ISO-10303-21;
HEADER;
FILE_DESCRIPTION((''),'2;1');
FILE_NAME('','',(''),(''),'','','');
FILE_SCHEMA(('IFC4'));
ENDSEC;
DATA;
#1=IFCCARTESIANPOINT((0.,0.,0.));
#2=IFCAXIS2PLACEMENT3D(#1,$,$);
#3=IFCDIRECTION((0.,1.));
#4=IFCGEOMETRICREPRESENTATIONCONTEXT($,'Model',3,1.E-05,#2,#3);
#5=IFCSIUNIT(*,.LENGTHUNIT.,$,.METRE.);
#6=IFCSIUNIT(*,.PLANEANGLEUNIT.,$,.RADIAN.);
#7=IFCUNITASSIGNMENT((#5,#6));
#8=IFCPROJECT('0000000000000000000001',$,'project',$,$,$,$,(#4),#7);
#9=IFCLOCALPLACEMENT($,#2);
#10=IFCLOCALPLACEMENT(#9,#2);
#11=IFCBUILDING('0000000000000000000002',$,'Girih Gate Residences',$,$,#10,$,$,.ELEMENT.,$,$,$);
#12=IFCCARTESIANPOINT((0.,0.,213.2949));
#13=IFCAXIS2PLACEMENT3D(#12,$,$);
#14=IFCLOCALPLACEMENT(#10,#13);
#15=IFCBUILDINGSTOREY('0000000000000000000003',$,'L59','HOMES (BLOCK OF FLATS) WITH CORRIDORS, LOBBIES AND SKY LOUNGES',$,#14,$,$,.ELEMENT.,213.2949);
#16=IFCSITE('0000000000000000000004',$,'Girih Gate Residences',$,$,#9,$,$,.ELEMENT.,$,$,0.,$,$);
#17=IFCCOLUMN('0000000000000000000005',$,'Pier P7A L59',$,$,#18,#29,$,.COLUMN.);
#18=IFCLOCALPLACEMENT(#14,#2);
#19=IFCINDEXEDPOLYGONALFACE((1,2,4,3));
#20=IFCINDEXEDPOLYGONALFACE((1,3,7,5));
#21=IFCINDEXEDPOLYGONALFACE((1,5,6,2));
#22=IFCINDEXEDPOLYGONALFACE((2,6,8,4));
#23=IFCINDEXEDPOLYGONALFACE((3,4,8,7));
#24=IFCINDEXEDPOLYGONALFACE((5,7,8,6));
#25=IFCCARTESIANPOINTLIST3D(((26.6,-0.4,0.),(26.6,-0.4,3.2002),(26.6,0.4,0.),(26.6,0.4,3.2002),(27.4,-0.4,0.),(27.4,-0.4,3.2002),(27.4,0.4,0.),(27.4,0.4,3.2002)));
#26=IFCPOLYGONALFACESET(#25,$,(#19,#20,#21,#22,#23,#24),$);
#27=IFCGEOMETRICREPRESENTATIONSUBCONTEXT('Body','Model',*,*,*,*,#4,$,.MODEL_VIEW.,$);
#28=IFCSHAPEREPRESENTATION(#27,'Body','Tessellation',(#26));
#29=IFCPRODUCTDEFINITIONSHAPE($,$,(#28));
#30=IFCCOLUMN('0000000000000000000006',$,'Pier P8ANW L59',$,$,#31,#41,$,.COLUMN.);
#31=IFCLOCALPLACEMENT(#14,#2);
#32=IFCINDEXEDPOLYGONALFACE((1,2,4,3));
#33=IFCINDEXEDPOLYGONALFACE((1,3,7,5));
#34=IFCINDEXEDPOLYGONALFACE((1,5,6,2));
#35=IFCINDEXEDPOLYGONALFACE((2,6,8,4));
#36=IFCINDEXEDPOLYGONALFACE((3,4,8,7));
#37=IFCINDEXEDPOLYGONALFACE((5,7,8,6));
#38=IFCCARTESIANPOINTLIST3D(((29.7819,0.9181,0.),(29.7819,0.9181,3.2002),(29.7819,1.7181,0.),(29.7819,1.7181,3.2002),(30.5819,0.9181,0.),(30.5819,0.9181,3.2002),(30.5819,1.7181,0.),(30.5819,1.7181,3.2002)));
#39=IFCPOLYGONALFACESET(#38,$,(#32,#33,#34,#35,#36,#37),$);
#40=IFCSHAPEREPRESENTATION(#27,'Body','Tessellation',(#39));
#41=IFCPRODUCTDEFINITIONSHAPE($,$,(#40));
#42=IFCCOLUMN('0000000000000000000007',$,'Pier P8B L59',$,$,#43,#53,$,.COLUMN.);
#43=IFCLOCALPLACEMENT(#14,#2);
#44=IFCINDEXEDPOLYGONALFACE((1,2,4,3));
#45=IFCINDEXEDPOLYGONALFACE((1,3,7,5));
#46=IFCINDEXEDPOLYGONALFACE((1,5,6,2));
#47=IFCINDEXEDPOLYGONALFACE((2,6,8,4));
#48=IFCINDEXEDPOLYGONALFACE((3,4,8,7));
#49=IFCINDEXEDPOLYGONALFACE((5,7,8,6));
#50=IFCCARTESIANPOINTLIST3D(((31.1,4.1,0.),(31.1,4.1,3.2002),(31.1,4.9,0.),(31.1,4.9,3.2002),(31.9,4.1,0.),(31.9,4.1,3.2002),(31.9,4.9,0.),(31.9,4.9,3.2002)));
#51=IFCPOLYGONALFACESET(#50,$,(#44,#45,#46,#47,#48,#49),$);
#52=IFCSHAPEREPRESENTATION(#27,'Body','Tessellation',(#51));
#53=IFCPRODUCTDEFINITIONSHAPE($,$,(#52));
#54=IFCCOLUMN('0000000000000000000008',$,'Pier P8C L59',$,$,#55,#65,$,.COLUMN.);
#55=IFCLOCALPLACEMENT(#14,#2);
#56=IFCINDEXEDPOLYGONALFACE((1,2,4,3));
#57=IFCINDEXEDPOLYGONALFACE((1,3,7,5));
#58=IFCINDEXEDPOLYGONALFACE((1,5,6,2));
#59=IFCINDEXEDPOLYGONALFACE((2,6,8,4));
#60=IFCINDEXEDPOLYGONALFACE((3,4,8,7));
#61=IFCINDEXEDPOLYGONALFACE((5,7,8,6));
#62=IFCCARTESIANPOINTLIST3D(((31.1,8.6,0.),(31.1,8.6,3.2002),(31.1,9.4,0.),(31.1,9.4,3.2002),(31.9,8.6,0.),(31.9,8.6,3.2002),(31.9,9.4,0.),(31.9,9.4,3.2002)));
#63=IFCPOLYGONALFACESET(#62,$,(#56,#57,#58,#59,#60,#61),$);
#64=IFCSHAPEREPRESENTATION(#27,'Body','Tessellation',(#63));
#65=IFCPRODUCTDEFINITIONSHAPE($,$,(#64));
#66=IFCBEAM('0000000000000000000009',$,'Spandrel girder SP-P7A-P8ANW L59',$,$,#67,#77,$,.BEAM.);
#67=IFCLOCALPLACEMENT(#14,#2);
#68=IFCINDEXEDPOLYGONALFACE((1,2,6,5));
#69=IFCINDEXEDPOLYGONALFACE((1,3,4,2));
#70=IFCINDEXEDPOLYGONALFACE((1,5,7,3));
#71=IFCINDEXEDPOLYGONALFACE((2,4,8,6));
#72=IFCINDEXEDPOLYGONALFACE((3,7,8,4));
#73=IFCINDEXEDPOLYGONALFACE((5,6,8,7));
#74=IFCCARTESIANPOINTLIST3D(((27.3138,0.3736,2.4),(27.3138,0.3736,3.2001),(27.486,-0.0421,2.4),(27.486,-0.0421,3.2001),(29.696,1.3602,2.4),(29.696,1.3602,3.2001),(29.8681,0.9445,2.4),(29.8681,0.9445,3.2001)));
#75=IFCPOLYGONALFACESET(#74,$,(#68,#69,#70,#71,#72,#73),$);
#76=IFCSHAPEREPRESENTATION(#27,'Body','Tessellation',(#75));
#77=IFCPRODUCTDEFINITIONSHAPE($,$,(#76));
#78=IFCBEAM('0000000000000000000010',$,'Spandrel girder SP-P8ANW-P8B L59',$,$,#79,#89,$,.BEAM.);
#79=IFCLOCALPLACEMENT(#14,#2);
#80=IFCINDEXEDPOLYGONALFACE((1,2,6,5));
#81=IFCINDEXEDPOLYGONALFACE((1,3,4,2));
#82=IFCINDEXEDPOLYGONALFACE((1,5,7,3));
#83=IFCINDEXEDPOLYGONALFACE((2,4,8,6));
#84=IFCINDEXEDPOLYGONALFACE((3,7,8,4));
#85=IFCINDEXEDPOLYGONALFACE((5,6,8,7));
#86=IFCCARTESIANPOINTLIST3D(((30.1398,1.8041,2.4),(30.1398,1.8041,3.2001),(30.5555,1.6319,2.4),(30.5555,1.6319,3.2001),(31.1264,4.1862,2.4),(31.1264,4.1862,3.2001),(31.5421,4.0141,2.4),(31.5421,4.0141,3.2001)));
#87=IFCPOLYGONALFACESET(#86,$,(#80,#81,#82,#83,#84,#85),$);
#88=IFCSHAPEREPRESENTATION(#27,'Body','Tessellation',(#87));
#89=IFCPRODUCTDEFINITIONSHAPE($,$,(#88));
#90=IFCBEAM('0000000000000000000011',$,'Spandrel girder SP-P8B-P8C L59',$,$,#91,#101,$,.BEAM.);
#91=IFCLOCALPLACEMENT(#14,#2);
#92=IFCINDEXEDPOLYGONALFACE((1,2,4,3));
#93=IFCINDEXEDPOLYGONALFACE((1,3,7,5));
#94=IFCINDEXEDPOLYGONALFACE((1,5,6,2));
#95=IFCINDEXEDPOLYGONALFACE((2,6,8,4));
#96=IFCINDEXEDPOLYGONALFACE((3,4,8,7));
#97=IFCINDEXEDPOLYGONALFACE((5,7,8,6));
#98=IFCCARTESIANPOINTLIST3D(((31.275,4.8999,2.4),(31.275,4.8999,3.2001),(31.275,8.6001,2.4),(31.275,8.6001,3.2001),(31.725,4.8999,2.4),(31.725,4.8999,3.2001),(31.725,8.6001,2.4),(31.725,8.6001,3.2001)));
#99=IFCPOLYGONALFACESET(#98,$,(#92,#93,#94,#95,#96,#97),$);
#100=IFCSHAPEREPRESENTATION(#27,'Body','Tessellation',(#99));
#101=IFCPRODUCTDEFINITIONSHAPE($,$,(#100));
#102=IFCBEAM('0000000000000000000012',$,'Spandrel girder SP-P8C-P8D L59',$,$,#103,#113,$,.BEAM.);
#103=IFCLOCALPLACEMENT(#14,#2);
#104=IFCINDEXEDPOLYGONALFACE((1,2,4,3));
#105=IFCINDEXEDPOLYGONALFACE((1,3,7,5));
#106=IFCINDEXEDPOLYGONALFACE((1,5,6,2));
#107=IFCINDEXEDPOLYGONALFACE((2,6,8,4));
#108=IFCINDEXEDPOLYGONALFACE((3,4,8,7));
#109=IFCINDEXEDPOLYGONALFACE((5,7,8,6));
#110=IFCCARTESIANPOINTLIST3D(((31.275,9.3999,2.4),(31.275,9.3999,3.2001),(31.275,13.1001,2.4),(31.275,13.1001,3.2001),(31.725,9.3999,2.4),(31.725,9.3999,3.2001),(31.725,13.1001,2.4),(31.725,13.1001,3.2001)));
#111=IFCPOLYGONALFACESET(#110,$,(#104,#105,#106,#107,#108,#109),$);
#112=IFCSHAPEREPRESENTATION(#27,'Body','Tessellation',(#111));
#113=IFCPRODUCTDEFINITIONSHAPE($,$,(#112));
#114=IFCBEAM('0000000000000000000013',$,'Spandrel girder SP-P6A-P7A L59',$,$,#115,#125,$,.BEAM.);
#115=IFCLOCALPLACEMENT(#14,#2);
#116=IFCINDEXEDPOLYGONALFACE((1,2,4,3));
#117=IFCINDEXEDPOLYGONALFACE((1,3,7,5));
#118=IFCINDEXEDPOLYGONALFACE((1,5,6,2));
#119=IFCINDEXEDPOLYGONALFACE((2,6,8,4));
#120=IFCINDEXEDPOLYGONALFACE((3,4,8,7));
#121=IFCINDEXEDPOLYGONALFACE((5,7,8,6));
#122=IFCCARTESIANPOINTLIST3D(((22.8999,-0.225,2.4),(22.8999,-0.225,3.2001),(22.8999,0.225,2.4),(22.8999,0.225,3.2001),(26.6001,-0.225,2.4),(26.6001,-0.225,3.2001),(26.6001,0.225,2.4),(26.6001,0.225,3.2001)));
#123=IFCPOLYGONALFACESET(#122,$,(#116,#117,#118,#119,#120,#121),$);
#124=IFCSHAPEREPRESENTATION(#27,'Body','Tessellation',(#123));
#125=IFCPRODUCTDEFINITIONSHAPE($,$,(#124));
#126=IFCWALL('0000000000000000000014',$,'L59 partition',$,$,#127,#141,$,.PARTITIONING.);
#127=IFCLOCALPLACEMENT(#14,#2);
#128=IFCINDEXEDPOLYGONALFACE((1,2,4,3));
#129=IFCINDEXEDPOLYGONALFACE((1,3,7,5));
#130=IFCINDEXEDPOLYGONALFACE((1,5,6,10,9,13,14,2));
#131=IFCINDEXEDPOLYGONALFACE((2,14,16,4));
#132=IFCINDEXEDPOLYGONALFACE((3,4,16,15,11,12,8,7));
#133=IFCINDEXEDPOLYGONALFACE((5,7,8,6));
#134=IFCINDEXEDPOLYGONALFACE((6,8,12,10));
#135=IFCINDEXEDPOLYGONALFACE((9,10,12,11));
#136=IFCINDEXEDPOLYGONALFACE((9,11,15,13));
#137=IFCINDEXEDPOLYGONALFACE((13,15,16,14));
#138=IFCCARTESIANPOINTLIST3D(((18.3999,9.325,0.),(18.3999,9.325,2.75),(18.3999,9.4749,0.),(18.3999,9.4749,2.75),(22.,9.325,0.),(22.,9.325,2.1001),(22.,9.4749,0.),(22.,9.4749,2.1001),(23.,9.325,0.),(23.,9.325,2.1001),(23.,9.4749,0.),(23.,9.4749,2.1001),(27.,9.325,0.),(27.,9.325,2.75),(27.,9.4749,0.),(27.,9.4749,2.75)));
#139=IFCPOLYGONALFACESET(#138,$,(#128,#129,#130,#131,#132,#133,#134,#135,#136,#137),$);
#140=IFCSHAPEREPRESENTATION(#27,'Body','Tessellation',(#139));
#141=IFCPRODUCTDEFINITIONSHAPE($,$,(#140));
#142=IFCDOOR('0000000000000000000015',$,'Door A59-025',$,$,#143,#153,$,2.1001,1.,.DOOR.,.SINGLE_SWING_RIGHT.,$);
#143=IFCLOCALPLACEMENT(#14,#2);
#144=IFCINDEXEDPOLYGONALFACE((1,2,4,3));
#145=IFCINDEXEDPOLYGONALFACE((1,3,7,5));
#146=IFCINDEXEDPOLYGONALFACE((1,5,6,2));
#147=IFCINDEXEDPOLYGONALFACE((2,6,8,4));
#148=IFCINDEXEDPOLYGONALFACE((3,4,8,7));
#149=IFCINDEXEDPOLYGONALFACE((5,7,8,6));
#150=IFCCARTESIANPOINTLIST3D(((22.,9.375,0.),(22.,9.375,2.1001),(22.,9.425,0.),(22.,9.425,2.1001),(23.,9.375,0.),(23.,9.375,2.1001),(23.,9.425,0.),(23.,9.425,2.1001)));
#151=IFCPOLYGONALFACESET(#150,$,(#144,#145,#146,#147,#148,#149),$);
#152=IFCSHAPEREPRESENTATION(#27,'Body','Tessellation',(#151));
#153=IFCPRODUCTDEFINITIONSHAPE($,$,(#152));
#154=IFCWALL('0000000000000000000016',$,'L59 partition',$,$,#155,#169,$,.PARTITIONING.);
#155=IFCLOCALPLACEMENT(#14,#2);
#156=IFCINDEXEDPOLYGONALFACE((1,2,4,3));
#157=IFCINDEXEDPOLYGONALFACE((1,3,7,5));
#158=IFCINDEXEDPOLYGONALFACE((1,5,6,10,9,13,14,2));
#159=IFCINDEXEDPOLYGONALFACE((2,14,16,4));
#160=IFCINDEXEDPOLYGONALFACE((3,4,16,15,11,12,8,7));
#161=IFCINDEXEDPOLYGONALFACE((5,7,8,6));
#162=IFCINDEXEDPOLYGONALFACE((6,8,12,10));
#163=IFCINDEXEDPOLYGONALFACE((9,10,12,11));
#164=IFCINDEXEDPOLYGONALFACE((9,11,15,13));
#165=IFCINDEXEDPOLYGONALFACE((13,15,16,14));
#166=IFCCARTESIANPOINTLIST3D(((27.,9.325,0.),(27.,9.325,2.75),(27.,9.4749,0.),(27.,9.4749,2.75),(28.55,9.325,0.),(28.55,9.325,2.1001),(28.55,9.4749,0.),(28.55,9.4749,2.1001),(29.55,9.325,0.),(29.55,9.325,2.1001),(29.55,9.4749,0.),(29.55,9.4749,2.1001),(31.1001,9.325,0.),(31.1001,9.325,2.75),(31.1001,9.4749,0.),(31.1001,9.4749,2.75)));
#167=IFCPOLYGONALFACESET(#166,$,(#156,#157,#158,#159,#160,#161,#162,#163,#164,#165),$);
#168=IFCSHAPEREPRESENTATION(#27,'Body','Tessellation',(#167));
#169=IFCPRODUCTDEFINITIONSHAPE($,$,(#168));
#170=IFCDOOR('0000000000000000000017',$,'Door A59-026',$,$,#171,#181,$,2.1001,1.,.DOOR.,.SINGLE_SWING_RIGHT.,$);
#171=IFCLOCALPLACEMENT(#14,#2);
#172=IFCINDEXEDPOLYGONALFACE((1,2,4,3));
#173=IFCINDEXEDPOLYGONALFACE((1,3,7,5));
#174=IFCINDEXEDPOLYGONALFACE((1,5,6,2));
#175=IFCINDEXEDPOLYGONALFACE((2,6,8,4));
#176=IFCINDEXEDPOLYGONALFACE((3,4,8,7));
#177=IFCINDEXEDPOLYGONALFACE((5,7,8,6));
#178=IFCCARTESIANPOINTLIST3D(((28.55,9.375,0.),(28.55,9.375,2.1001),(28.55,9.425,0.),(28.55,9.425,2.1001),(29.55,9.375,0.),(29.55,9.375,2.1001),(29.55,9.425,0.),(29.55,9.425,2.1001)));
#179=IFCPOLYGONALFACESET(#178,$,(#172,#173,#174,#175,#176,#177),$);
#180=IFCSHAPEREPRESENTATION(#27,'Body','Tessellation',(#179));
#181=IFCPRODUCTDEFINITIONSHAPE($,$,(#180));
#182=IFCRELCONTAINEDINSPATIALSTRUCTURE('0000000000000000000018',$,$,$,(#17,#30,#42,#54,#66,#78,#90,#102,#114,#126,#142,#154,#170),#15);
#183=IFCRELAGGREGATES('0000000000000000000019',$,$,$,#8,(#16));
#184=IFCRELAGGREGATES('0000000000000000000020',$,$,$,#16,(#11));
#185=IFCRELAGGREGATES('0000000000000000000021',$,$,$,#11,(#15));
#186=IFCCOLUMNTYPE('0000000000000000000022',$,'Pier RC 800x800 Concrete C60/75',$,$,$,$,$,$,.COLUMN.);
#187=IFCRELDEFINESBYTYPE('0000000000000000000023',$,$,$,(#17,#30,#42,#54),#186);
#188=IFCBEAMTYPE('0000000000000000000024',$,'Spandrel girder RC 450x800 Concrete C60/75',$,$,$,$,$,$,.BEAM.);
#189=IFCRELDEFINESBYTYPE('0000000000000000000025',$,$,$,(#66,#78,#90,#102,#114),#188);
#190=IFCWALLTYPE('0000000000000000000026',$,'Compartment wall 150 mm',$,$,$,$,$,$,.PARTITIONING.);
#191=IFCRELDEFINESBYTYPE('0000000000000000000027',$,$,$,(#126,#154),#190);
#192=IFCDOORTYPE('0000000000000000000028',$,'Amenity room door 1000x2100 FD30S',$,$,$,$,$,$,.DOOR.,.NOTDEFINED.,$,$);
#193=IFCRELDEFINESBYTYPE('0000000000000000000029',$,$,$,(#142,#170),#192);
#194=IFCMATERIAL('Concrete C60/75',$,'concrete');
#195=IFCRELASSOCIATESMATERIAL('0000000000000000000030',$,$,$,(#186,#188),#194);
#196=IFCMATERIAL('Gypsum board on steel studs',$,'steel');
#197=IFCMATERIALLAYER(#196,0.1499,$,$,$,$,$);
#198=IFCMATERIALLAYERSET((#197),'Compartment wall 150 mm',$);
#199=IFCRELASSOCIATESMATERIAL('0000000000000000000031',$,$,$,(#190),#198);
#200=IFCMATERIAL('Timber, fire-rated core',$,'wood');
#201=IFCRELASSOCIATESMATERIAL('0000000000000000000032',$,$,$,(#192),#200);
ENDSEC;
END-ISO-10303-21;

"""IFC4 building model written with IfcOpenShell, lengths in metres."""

from ifc_helpers import new_model, si_unit, direction, frame, frame_2d, origin, origin_2d, place, context, subcontext, project, spatial, rectangle, extrude, material, layer, layer_set, material_profile, profile_set, type_object, element, fill, save


model = new_model("IFC4")

# Units and contexts
model_context = context("Model", 3, precision=1e-05, world=origin(), true_north=direction((0.0, 1.0)))
body_context = subcontext(model_context, "Body", "Model", "MODEL_VIEW")
ifc_project = project(units=[si_unit("LENGTHUNIT", "METRE"), si_unit("PLANEANGLEUNIT", "RADIAN")], contexts=[model_context])

# Site, building, storey
site_placement = place(None, origin())
site = spatial("IfcSite", under=ifc_project, at=site_placement, Name="Girih Gate Residences", CompositionType="ELEMENT", RefElevation=0.0)
building_placement = place(site_placement, origin())
building = spatial("IfcBuilding", under=site, at=building_placement, Name="Girih Gate Residences", CompositionType="ELEMENT")
storey_placement = place(building_placement, frame((0.0, 0.0, 213.2949)))
storey = spatial("IfcBuildingStorey", under=building, at=storey_placement, Name="L59", Description="HOMES (BLOCK OF FLATS) WITH CORRIDORS, LOBBIES AND SKY LOUNGES", CompositionType="ELEMENT", Elevation=213.2949)

# Columns
ifc_material_1 = material(Name="Concrete C60/75", Category="concrete")
ifc_material_profile_1 = material_profile(ifc_material_1, rectangle(XDim=0.8, YDim=0.8, at=origin_2d()))
ifc_profile_set_1 = profile_set([ifc_material_profile_1], Name="Concrete C60/75")
column_type = type_object("IfcColumnType", Name="Pier RC 800x800 Concrete C60/75", PredefinedType="COLUMN", material=ifc_profile_set_1)
for number, where, z_axis, x_axis, name in (
    (1, (27.0, 0.0, 0.0), (0.0, 0.0, 1.0), (1.0, 0.0, 0.0), "Pier P7A L59"),
    (2, (30.1819, 1.3181, 0.0), (0.0, 0.0, 1.0), (1.0, 0.0, 0.0), "Pier P8ANW L59"),
    (3, (31.5, 4.5, 0.0), (0.0, 0.0, 1.0), (1.0, 0.0, 0.0), "Pier P8B L59"),
    (4, (31.5, 9.0, 0.0), (0.0, 0.0, 1.0), (1.0, 0.0, 0.0), "Pier P8C L59"),
):
    element("IfcColumn", number, at=place(storey_placement, frame(where, z_axis=z_axis, x_axis=x_axis)), inside=storey, type_object=column_type, Name=name, PredefinedType="COLUMN", context=body_context, shape_type="SweptSolid", body=[
        extrude(rectangle(XDim=0.8, YDim=0.8, at=origin_2d()), origin(), (0.0, 0.0, 1.0), 3.2002),
    ])

# Beams
ifc_material_profile_2 = material_profile(ifc_material_1, rectangle(XDim=0.45, YDim=0.8, at=origin_2d()))
ifc_profile_set_2 = profile_set([ifc_material_profile_2], Name="Concrete C60/75")
beam_type = type_object("IfcBeamType", Name="Spandrel girder RC 450x800 Concrete C60/75", PredefinedType="BEAM", material=ifc_profile_set_2)
for number, where, z_axis, x_axis, name in (
    (5, (27.3999, 0.1658, 2.8), (0.923896, 0.382644, 0.0), (-0.382644, 0.923896, 0.0), "Spandrel girder SP-P7A-P8ANW L59"),
    (6, (30.3477, 1.718, 2.8), (0.382644, 0.923896, 0.0), (-0.923896, 0.382644, 0.0), "Spandrel girder SP-P8ANW-P8B L59"),
):
    element("IfcBeam", number, at=place(storey_placement, frame(where, z_axis=z_axis, x_axis=x_axis)), inside=storey, type_object=beam_type, Name=name, PredefinedType="BEAM", context=body_context, shape_type="SweptSolid", body=[
        extrude(rectangle(XDim=0.45, YDim=0.8, at=origin_2d()), origin(), (0.0, 0.0, 1.0), 2.5784),
    ])
for number, where, z_axis, x_axis, name in (
    (7, (31.5, 4.8999, 2.8), (0.0, 1.0, 0.0), (-1.0, 0.0, 0.0), "Spandrel girder SP-P8B-P8C L59"),
    (8, (31.5, 9.3999, 2.8), (0.0, 1.0, 0.0), (-1.0, 0.0, 0.0), "Spandrel girder SP-P8C-P8D L59"),
    (9, (22.8999, 0.0, 2.8), (1.0, 0.0, 0.0), (0.0, 1.0, 0.0), "Spandrel girder SP-P6A-P7A L59"),
):
    element("IfcBeam", number, at=place(storey_placement, frame(where, z_axis=z_axis, x_axis=x_axis)), inside=storey, type_object=beam_type, Name=name, PredefinedType="BEAM", context=body_context, shape_type="SweptSolid", body=[
        extrude(rectangle(XDim=0.45, YDim=0.8, at=origin_2d()), origin(), (0.0, 0.0, 1.0), 3.7002),
    ])

# Walls, openings, doors
ifc_material_2 = material(Name="Gypsum board on steel studs", Category="steel")
ifc_layer_1 = layer(ifc_material_2, 0.1499)
ifc_layer_set_1 = layer_set([ifc_layer_1], Name="Compartment wall 150 mm")
wall_type_1 = type_object("IfcWallType", Name="Compartment wall 150 mm", PredefinedType="PARTITIONING", material=ifc_layer_set_1)
wall_1_placement = place(storey_placement, frame((27.0, 9.3999, 0.0), z_axis=(0.0, 0.0, 1.0), x_axis=(-1.0, 0.0, 0.0)))
wall_1 = element("IfcWall", 10, at=wall_1_placement, inside=storey, type_object=wall_type_1, Name="L59 partition", PredefinedType="PARTITIONING", context=body_context, shape_type="SweptSolid", body=[
    extrude(rectangle(XDim=8.6001, YDim=0.1499, at=frame_2d((4.3, 0.0))), origin(), (0.0, 0.0, 1.0), 2.75),
])
opening_1_placement = place(wall_1_placement, frame((4.0, 0.0, 0.0)))
opening_1 = element("IfcOpeningElement", 11, at=opening_1_placement, cuts=wall_1, PredefinedType="OPENING", context=body_context, shape_type="SweptSolid", body=[
    extrude(rectangle(XDim=1.0, YDim=2.1001, at=frame_2d((0.5, 1.05))), frame((0.0, 0.085, 0.0), z_axis=(0.0, -1.0, 0.0), x_axis=(1.0, 0.0, 0.0)), (0.0, 0.0, 1.0), 0.1699),
])
ifc_material_3 = material(Name="Timber, fire-rated core", Category="wood")
door_type = type_object("IfcDoorType", Name="Amenity room door 1000x2100 FD30S", OperationType="NOTDEFINED", PredefinedType="DOOR", material=ifc_material_3)
door_1_placement = place(opening_1_placement, origin())
door_1 = element("IfcDoor", 12, at=door_1_placement, inside=storey, type_object=door_type, Name="Door A59-025", OperationType="SINGLE_SWING_RIGHT", OverallHeight=2.1001, OverallWidth=1.0, PredefinedType="DOOR", context=body_context, shape_type="SweptSolid", body=[
    extrude(rectangle(XDim=1.0, YDim=2.1001, at=frame_2d((0.5, 1.05))), frame((0.0, 0.0249, 0.0), z_axis=(0.0, -1.0, 0.0), x_axis=(1.0, 0.0, 0.0)), (0.0, 0.0, 1.0), 0.05),
])
fill(opening_1, door_1)
wall_2_placement = place(storey_placement, frame((31.1001, 9.3999, 0.0), z_axis=(0.0, 0.0, 1.0), x_axis=(-1.0, 0.0, 0.0)))
wall_2 = element("IfcWall", 13, at=wall_2_placement, inside=storey, type_object=wall_type_1, Name="L59 partition", PredefinedType="PARTITIONING", context=body_context, shape_type="SweptSolid", body=[
    extrude(rectangle(XDim=4.1001, YDim=0.1499, at=frame_2d((2.05, 0.0))), origin(), (0.0, 0.0, 1.0), 2.75),
])
opening_2_placement = place(wall_2_placement, frame((1.55, 0.0, 0.0)))
opening_2 = element("IfcOpeningElement", 14, at=opening_2_placement, cuts=wall_2, PredefinedType="OPENING", context=body_context, shape_type="SweptSolid", body=[
    extrude(rectangle(XDim=1.0, YDim=2.1001, at=frame_2d((0.5, 1.05))), frame((0.0, 0.085, 0.0), z_axis=(0.0, -1.0, 0.0), x_axis=(1.0, 0.0, 0.0)), (0.0, 0.0, 1.0), 0.1699),
])
door_2_placement = place(opening_2_placement, origin())
door_2 = element("IfcDoor", 15, at=door_2_placement, inside=storey, type_object=door_type, Name="Door A59-026", OperationType="SINGLE_SWING_RIGHT", OverallHeight=2.1001, OverallWidth=1.0, PredefinedType="DOOR", context=body_context, shape_type="SweptSolid", body=[
    extrude(rectangle(XDim=1.0, YDim=2.1001, at=frame_2d((0.5, 1.05))), frame((0.0, 0.0249, 0.0), z_axis=(0.0, -1.0, 0.0), x_axis=(1.0, 0.0, 0.0)), (0.0, 0.0, 1.0), 0.05),
])
fill(opening_2, door_2)

save(model, "model.ifc")
